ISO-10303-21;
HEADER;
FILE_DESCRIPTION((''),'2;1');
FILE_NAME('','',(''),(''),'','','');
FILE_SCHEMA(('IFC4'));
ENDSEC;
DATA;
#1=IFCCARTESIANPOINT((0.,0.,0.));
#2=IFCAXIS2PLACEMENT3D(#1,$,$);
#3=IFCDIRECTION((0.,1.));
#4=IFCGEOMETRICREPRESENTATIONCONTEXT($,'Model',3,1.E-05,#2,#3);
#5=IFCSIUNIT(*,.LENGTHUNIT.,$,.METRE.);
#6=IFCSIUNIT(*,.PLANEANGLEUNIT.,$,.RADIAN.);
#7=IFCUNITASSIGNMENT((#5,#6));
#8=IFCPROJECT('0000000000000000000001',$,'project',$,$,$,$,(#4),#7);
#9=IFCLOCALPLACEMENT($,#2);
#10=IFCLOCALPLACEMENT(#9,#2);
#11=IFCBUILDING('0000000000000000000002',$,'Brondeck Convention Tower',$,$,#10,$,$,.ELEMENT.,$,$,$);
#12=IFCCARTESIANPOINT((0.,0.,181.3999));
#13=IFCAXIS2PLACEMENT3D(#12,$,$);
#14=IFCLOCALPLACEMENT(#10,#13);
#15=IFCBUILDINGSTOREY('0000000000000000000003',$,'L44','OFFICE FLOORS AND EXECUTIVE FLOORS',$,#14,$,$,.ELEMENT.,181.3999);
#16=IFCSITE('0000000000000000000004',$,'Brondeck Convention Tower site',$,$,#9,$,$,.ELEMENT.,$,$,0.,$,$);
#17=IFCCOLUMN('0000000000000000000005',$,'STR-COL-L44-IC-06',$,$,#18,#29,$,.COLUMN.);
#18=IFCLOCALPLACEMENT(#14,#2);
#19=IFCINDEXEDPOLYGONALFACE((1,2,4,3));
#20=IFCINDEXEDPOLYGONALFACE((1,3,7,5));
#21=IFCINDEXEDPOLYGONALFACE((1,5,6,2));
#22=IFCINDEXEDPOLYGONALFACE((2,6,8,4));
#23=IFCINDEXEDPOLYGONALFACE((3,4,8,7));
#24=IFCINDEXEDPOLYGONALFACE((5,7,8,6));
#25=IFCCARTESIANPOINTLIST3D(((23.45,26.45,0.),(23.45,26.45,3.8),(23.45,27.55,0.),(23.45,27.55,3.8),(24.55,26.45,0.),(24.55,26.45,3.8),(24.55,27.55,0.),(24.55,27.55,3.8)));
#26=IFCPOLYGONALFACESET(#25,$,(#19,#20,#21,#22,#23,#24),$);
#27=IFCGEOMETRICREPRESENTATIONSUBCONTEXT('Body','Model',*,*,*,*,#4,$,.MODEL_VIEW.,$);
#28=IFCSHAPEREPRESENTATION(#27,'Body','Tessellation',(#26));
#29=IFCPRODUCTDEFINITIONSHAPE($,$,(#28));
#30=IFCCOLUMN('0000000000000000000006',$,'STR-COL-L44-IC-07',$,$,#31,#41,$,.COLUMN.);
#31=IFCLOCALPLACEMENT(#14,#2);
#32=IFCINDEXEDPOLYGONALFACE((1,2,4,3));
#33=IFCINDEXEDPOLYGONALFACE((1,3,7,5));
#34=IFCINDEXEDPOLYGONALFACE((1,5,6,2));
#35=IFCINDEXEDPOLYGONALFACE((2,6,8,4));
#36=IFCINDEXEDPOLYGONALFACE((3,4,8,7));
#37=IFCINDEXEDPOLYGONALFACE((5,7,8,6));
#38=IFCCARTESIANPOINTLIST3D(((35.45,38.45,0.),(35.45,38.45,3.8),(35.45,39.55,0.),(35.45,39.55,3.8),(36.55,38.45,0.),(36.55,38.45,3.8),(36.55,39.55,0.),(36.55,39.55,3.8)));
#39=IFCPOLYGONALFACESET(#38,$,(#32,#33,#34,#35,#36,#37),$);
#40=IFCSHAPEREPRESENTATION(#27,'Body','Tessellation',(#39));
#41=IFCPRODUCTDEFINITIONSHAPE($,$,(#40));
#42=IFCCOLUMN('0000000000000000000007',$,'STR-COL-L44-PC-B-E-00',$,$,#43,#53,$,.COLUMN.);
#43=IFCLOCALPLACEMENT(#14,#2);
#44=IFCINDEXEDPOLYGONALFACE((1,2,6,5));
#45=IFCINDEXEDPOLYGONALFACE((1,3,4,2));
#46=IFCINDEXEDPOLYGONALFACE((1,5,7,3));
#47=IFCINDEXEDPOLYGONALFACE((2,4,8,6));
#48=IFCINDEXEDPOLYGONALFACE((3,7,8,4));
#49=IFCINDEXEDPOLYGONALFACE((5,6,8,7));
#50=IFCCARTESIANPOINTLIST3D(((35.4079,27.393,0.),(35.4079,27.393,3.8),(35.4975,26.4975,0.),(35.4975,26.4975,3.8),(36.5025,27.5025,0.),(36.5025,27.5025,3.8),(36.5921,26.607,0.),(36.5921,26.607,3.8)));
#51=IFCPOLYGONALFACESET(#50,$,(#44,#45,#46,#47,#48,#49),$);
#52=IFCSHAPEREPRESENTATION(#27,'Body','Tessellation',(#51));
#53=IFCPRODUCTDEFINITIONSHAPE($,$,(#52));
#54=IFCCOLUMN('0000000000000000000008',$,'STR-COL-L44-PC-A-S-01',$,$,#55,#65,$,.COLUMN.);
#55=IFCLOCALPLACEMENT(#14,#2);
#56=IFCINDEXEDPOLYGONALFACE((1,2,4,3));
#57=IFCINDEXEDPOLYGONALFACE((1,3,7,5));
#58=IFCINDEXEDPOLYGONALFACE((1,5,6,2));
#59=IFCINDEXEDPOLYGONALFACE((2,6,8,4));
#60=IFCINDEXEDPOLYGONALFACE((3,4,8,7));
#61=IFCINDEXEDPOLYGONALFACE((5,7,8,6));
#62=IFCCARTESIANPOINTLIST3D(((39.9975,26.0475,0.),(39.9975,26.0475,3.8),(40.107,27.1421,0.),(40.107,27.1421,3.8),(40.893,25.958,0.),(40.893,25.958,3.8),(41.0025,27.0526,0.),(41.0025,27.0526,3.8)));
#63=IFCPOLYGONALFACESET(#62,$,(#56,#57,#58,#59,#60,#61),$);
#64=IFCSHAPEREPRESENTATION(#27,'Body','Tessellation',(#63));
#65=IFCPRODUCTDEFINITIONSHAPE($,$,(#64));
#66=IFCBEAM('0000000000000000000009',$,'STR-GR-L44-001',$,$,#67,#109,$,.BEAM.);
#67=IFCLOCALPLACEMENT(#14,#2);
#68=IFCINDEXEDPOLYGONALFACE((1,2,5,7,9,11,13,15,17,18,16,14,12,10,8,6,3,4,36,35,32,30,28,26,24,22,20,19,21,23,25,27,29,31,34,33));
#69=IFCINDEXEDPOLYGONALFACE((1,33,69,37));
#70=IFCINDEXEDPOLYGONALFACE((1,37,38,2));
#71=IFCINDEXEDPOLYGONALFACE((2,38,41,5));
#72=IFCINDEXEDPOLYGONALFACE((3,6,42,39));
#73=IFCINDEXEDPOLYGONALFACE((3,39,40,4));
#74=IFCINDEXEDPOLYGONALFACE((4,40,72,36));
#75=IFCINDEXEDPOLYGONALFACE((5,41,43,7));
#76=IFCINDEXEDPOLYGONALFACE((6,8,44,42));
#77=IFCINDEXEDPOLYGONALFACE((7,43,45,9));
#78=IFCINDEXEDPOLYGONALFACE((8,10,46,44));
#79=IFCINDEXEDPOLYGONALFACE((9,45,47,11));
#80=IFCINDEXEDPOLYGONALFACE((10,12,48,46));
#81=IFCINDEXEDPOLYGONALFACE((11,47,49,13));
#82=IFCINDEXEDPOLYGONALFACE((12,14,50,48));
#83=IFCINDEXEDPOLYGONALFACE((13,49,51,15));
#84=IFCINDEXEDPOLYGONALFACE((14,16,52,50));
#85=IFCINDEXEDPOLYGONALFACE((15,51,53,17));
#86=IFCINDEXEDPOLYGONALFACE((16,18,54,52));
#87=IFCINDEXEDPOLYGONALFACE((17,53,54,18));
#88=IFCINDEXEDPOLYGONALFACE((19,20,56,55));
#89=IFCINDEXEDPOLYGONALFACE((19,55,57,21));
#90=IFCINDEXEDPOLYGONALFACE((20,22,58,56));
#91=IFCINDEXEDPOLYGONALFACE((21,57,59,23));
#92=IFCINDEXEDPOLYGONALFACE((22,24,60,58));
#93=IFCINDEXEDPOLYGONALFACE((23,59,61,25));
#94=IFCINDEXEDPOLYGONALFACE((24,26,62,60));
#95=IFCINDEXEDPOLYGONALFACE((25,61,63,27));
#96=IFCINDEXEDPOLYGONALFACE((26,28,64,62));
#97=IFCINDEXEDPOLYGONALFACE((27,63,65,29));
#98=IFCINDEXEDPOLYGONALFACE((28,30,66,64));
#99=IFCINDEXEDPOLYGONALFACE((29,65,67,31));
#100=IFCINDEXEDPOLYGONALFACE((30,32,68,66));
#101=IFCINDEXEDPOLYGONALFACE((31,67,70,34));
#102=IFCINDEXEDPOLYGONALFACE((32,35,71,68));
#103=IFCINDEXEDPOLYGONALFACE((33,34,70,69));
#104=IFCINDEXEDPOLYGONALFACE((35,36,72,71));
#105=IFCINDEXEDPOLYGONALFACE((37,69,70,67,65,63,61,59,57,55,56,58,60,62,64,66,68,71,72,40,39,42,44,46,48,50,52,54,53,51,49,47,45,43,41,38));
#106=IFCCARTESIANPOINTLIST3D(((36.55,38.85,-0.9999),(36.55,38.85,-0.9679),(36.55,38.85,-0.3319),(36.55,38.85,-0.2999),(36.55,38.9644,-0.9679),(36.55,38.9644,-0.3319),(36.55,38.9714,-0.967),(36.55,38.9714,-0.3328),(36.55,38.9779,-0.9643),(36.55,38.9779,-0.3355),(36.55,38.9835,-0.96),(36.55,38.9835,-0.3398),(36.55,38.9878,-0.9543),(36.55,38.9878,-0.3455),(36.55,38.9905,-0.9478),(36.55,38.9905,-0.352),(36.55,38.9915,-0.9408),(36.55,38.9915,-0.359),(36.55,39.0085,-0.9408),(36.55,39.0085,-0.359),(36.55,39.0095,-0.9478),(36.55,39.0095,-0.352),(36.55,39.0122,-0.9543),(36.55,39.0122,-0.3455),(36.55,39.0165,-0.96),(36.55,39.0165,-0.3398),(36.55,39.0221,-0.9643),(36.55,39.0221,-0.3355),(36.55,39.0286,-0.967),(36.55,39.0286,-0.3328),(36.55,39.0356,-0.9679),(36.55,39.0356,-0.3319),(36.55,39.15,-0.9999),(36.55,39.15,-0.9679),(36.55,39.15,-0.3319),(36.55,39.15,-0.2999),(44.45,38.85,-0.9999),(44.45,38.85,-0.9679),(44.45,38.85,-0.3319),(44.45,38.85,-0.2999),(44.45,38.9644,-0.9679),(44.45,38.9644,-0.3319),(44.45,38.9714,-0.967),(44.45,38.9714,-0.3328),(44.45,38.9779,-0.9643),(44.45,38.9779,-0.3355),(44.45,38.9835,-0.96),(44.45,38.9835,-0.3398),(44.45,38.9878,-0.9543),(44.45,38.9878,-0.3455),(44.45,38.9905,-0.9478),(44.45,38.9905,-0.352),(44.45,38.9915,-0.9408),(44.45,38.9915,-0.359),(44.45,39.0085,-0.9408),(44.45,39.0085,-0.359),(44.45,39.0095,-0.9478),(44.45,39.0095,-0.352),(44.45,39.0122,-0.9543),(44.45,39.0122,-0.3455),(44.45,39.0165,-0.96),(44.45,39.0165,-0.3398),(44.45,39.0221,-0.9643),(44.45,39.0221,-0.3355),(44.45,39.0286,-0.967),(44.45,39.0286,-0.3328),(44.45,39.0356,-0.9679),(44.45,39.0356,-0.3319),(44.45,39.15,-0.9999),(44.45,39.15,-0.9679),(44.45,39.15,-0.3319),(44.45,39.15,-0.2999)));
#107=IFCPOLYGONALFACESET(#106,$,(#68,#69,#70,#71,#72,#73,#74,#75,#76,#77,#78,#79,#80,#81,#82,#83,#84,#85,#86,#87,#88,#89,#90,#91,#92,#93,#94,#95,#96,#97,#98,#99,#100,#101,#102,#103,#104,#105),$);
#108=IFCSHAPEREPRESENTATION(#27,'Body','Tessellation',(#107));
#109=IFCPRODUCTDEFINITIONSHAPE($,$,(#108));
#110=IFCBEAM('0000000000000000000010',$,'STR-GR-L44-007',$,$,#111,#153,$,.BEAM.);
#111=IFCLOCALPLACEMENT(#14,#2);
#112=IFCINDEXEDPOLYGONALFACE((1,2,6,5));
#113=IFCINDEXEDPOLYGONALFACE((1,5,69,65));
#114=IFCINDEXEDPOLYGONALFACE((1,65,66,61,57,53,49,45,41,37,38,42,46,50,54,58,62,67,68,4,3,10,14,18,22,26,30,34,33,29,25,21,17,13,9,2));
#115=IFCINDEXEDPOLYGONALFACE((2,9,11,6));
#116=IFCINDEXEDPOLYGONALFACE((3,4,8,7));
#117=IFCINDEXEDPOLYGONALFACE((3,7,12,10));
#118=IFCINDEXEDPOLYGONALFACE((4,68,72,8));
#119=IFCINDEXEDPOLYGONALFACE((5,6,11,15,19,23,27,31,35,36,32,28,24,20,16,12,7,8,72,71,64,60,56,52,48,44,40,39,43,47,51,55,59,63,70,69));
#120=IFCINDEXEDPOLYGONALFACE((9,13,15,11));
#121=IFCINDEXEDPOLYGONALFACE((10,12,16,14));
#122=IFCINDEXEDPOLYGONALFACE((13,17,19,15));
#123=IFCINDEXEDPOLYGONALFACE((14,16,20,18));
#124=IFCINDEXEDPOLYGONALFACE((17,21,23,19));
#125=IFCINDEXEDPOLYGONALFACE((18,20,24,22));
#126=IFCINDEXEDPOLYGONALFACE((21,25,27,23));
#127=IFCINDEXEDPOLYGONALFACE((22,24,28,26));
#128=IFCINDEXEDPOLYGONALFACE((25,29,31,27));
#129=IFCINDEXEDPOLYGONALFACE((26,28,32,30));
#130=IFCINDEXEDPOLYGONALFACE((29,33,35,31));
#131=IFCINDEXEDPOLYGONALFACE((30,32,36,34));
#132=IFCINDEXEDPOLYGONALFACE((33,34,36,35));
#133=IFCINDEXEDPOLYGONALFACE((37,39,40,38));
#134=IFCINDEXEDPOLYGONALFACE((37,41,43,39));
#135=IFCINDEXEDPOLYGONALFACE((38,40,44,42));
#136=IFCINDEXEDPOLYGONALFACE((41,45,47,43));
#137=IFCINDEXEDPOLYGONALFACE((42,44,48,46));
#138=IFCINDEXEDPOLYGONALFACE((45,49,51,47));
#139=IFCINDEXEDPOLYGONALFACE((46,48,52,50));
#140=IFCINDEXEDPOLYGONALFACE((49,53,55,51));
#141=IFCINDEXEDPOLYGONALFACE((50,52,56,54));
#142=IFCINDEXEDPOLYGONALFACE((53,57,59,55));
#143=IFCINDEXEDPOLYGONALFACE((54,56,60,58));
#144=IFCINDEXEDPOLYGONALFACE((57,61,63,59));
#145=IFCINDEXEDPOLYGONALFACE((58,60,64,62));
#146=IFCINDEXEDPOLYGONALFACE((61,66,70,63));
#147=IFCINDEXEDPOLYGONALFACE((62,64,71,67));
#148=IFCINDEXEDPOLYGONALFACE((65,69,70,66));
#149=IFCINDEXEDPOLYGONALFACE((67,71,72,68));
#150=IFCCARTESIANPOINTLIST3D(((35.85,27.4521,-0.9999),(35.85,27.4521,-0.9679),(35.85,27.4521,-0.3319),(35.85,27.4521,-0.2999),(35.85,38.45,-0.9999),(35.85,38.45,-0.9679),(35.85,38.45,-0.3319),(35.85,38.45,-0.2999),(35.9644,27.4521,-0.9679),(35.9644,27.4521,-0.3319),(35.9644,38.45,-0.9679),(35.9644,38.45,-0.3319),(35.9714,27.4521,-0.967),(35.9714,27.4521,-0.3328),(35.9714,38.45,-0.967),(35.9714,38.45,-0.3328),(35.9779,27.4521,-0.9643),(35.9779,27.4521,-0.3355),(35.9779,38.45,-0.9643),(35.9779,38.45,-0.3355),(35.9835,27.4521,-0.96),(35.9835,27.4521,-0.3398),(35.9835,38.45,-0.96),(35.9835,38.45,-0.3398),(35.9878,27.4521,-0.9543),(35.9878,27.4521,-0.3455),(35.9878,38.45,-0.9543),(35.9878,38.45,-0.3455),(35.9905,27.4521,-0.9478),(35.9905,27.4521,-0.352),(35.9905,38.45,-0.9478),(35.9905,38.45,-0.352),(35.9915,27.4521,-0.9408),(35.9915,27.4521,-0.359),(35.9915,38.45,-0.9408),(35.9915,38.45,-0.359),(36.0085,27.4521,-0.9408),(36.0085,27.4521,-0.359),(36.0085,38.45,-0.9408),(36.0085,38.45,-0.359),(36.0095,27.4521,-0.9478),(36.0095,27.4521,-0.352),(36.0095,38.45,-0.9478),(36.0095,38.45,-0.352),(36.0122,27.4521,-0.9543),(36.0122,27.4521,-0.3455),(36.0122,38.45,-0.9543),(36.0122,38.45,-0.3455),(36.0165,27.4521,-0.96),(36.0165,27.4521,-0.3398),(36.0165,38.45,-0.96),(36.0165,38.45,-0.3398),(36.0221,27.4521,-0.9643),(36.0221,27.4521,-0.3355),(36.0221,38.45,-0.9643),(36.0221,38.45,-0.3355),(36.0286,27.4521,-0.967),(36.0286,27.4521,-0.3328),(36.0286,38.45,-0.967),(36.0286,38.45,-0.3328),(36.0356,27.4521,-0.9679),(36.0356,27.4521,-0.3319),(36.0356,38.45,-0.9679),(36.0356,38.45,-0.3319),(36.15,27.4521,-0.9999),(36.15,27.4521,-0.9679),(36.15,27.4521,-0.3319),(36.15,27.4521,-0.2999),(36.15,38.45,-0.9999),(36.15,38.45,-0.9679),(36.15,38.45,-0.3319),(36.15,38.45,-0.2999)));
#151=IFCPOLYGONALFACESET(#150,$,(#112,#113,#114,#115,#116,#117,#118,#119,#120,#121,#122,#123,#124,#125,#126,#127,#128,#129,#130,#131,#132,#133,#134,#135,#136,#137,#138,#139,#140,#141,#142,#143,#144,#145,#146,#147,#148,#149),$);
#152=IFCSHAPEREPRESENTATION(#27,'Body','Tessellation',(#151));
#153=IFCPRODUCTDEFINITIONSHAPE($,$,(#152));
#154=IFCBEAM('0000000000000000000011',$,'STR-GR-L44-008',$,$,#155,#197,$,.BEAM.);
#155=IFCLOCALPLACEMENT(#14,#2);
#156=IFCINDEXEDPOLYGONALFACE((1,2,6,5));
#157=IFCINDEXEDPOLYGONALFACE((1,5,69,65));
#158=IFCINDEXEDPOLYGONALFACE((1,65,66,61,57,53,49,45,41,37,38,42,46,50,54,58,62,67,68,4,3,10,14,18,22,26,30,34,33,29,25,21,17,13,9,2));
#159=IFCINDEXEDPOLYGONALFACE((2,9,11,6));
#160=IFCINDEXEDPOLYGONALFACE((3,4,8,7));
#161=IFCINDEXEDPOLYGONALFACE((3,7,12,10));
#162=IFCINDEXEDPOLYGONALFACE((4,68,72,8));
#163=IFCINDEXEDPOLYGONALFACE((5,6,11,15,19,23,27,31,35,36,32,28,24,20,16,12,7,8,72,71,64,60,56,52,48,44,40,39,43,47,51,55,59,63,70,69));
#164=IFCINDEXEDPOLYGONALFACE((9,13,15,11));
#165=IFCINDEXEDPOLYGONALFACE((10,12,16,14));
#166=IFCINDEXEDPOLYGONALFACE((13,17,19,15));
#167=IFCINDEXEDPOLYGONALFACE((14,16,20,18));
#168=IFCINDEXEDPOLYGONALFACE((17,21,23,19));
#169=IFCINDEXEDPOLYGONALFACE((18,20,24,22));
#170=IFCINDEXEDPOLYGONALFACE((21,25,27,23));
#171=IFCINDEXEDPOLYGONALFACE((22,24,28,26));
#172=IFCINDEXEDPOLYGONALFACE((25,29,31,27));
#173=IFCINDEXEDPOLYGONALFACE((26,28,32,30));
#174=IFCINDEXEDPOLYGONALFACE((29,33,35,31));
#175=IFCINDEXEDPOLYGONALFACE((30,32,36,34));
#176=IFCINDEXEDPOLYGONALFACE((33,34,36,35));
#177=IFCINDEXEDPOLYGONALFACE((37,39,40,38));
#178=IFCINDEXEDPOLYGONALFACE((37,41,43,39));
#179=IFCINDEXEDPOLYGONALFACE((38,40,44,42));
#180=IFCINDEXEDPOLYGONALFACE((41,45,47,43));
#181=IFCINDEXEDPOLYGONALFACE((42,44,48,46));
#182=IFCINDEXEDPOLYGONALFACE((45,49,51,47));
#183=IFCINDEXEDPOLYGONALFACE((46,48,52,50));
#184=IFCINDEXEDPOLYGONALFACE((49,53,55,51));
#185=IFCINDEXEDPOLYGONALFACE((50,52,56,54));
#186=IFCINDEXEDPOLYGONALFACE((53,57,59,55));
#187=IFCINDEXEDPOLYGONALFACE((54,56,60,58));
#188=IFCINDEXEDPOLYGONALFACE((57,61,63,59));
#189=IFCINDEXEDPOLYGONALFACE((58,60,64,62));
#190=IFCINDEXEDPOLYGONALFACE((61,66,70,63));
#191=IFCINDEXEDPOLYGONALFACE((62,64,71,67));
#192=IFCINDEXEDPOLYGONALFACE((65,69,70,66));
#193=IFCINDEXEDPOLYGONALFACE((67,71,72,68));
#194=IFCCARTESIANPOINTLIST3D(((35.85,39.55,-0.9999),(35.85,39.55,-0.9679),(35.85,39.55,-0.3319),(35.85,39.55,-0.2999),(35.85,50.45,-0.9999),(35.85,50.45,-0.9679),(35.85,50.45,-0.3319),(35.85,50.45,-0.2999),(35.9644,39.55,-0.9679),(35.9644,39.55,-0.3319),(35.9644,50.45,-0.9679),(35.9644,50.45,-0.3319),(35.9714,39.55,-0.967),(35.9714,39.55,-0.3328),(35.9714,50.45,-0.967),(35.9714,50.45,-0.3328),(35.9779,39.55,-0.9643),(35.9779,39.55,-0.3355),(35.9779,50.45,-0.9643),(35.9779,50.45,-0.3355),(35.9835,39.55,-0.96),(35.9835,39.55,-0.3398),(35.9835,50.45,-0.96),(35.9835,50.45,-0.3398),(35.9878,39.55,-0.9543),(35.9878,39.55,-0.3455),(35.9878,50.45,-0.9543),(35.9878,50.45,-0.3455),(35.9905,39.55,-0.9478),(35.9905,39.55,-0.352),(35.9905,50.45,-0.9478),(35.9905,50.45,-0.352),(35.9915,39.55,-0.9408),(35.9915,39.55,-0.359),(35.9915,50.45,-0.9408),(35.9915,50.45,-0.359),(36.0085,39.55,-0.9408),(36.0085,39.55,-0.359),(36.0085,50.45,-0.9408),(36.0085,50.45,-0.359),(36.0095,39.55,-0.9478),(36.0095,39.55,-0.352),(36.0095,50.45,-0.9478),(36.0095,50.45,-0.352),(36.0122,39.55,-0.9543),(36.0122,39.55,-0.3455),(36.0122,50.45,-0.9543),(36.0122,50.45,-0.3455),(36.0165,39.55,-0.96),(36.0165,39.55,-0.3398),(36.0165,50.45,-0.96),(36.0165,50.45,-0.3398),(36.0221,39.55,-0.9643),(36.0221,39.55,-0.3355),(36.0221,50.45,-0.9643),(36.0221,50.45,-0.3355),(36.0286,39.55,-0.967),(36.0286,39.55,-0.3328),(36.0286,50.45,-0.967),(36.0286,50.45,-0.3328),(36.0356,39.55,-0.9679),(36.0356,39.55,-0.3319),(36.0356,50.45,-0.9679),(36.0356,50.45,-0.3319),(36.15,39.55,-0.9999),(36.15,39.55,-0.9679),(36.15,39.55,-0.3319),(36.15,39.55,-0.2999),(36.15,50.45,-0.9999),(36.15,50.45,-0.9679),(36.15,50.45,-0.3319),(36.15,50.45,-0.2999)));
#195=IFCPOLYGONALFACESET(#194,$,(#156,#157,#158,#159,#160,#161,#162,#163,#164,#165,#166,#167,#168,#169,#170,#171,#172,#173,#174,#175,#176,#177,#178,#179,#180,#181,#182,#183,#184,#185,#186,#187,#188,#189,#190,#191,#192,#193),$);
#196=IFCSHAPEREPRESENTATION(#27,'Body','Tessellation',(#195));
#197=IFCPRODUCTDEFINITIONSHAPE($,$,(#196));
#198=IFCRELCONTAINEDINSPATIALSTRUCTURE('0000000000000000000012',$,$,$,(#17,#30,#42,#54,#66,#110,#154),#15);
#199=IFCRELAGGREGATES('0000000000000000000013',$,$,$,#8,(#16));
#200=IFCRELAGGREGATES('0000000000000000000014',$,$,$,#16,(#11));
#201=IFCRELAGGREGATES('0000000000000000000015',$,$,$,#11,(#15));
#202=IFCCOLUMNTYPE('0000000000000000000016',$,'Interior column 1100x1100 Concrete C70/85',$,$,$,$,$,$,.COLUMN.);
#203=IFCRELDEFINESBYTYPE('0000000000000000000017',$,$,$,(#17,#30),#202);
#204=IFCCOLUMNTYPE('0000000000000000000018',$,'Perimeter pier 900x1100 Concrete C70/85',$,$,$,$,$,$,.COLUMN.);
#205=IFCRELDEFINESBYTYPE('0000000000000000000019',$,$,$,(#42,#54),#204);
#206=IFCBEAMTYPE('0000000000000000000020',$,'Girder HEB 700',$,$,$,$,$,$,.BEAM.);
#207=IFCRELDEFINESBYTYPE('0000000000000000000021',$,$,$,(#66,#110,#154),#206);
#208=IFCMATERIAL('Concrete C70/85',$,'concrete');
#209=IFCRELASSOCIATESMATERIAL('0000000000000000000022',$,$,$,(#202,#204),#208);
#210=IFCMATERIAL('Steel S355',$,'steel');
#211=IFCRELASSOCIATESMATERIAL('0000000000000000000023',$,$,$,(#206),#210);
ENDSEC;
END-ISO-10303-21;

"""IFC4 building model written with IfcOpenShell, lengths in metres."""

from ifc_helpers import new_model, si_unit, direction, frame, origin, origin_2d, place, context, subcontext, project, spatial, rectangle, i_section, extrude, material, material_profile, profile_set, type_object, element, save


model = new_model("IFC4")

# Units and contexts
model_context = context("Model", 3, precision=1e-05, world=origin(), true_north=direction((0.0, 1.0)))
body_context = subcontext(model_context, "Body", "Model", "MODEL_VIEW")
ifc_project = project(units=[si_unit("LENGTHUNIT", "METRE"), si_unit("PLANEANGLEUNIT", "RADIAN")], contexts=[model_context])

# Site, building, storey
site_placement = place(None, origin())
site = spatial("IfcSite", under=ifc_project, at=site_placement, Name="Brondeck Convention Tower site", CompositionType="ELEMENT", RefElevation=0.0)
building_placement = place(site_placement, origin())
building = spatial("IfcBuilding", under=site, at=building_placement, Name="Brondeck Convention Tower", CompositionType="ELEMENT")
storey_placement = place(building_placement, frame((0.0, 0.0, 181.3999)))
storey = spatial("IfcBuildingStorey", under=building, at=storey_placement, Name="L44", Description="OFFICE FLOORS AND EXECUTIVE FLOORS", CompositionType="ELEMENT", Elevation=181.3999)

# Columns
ifc_material_1 = material(Name="Concrete C70/85", Category="concrete")
ifc_material_profile_1 = material_profile(ifc_material_1, rectangle(XDim=1.1001, YDim=1.1001, at=origin_2d()), Name="Interior column 1100x1100 Concrete C70/85")
ifc_profile_set_1 = profile_set([ifc_material_profile_1], Name="Concrete C70/85")
column_type_1 = type_object("IfcColumnType", Name="Interior column 1100x1100 Concrete C70/85", PredefinedType="COLUMN", material=ifc_profile_set_1)
for number, where, z_axis, x_axis, name in (
    (1, (24.0, 27.0, 0.0), (0.0, 0.0, 1.0), (1.0, 0.0, 0.0), "STR-COL-L44-IC-06"),
    (2, (36.0, 39.0, 0.0), (0.0, 0.0, 1.0), (1.0, 0.0, 0.0), "STR-COL-L44-IC-07"),
):
    element("IfcColumn", number, at=place(storey_placement, frame(where, z_axis=z_axis, x_axis=x_axis)), inside=storey, type_object=column_type_1, Name=name, PredefinedType="COLUMN", context=body_context, shape_type="SweptSolid", body=[
        extrude(rectangle(XDim=1.1001, YDim=1.1001, at=origin_2d()), origin(), (0.0, 0.0, 1.0), 3.8),
    ])
ifc_material_profile_2 = material_profile(ifc_material_1, rectangle(XDim=0.8999, YDim=1.1001, at=origin_2d()), Name="Perimeter pier 900x1100 Concrete C70/85")
ifc_profile_set_2 = profile_set([ifc_material_profile_2], Name="Concrete C70/85")
column_type_2 = type_object("IfcColumnType", Name="Perimeter pier 900x1100 Concrete C70/85", PredefinedType="COLUMN", material=ifc_profile_set_2)
for number, where, z_axis, x_axis, name in (
    (3, (36.0, 27.0, 0.0), (0.0, 0.0, 1.0), (-0.099504, 0.995037, 0.0), "STR-COL-L44-PC-B-E-00"),
    (4, (40.5, 26.55, 0.0), (0.0, 0.0, 1.0), (0.995037, -0.099504, 0.0), "STR-COL-L44-PC-A-S-01"),
):
    element("IfcColumn", number, at=place(storey_placement, frame(where, z_axis=z_axis, x_axis=x_axis)), inside=storey, type_object=column_type_2, Name=name, PredefinedType="COLUMN", context=body_context, shape_type="SweptSolid", body=[
        extrude(rectangle(XDim=0.8999, YDim=1.1001, at=origin_2d()), origin(), (0.0, 0.0, 1.0), 3.8),
    ])

# Beams
ifc_material_2 = material(Name="Steel S355", Category="steel")
ifc_material_profile_3 = material_profile(ifc_material_2, i_section(OverallWidth=0.3, OverallDepth=0.7, WebThickness=0.0171, FlangeThickness=0.032, FilletRadius=0.0271, at=origin_2d()), Name="HEB 700")
ifc_profile_set_3 = profile_set([ifc_material_profile_3], Name="Steel S355")
beam_type_1 = type_object("IfcBeamType", Name="Girder HEB 700", PredefinedType="BEAM", material=ifc_profile_set_3)
beam_1_placement = place(storey_placement, frame((36.55, 39.0, -0.6499), z_axis=(1.0, 0.0, 0.0), x_axis=(0.0, 1.0, 0.0)))
element("IfcBeam", 5, at=beam_1_placement, inside=storey, type_object=beam_type_1, Name="STR-GR-L44-001", PredefinedType="BEAM", context=body_context, shape_type="SweptSolid", body=[
    extrude(i_section(OverallWidth=0.3, OverallDepth=0.7, WebThickness=0.0171, FlangeThickness=0.032, FilletRadius=0.0271, at=origin_2d()), origin(), (0.0, 0.0, 1.0), 7.8999),
])
beam_2_placement = place(storey_placement, frame((36.0, 27.4521, -0.6499), z_axis=(0.0, 1.0, 0.0), x_axis=(-1.0, 0.0, 0.0)))
element("IfcBeam", 6, at=beam_2_placement, inside=storey, type_object=beam_type_1, Name="STR-GR-L44-007", PredefinedType="BEAM", context=body_context, shape_type="SweptSolid", body=[
    extrude(i_section(OverallWidth=0.3, OverallDepth=0.7, WebThickness=0.0171, FlangeThickness=0.032, FilletRadius=0.0271, at=origin_2d()), origin(), (0.0, 0.0, 1.0), 10.9978),
])
beam_3_placement = place(storey_placement, frame((36.0, 39.55, -0.6499), z_axis=(0.0, 1.0, 0.0), x_axis=(-1.0, 0.0, 0.0)))
element("IfcBeam", 7, at=beam_3_placement, inside=storey, type_object=beam_type_1, Name="STR-GR-L44-008", PredefinedType="BEAM", context=body_context, shape_type="SweptSolid", body=[
    extrude(i_section(OverallWidth=0.3, OverallDepth=0.7, WebThickness=0.0171, FlangeThickness=0.032, FilletRadius=0.0271, at=origin_2d()), origin(), (0.0, 0.0, 1.0), 10.8999),
])

save(model, "model.ifc")
